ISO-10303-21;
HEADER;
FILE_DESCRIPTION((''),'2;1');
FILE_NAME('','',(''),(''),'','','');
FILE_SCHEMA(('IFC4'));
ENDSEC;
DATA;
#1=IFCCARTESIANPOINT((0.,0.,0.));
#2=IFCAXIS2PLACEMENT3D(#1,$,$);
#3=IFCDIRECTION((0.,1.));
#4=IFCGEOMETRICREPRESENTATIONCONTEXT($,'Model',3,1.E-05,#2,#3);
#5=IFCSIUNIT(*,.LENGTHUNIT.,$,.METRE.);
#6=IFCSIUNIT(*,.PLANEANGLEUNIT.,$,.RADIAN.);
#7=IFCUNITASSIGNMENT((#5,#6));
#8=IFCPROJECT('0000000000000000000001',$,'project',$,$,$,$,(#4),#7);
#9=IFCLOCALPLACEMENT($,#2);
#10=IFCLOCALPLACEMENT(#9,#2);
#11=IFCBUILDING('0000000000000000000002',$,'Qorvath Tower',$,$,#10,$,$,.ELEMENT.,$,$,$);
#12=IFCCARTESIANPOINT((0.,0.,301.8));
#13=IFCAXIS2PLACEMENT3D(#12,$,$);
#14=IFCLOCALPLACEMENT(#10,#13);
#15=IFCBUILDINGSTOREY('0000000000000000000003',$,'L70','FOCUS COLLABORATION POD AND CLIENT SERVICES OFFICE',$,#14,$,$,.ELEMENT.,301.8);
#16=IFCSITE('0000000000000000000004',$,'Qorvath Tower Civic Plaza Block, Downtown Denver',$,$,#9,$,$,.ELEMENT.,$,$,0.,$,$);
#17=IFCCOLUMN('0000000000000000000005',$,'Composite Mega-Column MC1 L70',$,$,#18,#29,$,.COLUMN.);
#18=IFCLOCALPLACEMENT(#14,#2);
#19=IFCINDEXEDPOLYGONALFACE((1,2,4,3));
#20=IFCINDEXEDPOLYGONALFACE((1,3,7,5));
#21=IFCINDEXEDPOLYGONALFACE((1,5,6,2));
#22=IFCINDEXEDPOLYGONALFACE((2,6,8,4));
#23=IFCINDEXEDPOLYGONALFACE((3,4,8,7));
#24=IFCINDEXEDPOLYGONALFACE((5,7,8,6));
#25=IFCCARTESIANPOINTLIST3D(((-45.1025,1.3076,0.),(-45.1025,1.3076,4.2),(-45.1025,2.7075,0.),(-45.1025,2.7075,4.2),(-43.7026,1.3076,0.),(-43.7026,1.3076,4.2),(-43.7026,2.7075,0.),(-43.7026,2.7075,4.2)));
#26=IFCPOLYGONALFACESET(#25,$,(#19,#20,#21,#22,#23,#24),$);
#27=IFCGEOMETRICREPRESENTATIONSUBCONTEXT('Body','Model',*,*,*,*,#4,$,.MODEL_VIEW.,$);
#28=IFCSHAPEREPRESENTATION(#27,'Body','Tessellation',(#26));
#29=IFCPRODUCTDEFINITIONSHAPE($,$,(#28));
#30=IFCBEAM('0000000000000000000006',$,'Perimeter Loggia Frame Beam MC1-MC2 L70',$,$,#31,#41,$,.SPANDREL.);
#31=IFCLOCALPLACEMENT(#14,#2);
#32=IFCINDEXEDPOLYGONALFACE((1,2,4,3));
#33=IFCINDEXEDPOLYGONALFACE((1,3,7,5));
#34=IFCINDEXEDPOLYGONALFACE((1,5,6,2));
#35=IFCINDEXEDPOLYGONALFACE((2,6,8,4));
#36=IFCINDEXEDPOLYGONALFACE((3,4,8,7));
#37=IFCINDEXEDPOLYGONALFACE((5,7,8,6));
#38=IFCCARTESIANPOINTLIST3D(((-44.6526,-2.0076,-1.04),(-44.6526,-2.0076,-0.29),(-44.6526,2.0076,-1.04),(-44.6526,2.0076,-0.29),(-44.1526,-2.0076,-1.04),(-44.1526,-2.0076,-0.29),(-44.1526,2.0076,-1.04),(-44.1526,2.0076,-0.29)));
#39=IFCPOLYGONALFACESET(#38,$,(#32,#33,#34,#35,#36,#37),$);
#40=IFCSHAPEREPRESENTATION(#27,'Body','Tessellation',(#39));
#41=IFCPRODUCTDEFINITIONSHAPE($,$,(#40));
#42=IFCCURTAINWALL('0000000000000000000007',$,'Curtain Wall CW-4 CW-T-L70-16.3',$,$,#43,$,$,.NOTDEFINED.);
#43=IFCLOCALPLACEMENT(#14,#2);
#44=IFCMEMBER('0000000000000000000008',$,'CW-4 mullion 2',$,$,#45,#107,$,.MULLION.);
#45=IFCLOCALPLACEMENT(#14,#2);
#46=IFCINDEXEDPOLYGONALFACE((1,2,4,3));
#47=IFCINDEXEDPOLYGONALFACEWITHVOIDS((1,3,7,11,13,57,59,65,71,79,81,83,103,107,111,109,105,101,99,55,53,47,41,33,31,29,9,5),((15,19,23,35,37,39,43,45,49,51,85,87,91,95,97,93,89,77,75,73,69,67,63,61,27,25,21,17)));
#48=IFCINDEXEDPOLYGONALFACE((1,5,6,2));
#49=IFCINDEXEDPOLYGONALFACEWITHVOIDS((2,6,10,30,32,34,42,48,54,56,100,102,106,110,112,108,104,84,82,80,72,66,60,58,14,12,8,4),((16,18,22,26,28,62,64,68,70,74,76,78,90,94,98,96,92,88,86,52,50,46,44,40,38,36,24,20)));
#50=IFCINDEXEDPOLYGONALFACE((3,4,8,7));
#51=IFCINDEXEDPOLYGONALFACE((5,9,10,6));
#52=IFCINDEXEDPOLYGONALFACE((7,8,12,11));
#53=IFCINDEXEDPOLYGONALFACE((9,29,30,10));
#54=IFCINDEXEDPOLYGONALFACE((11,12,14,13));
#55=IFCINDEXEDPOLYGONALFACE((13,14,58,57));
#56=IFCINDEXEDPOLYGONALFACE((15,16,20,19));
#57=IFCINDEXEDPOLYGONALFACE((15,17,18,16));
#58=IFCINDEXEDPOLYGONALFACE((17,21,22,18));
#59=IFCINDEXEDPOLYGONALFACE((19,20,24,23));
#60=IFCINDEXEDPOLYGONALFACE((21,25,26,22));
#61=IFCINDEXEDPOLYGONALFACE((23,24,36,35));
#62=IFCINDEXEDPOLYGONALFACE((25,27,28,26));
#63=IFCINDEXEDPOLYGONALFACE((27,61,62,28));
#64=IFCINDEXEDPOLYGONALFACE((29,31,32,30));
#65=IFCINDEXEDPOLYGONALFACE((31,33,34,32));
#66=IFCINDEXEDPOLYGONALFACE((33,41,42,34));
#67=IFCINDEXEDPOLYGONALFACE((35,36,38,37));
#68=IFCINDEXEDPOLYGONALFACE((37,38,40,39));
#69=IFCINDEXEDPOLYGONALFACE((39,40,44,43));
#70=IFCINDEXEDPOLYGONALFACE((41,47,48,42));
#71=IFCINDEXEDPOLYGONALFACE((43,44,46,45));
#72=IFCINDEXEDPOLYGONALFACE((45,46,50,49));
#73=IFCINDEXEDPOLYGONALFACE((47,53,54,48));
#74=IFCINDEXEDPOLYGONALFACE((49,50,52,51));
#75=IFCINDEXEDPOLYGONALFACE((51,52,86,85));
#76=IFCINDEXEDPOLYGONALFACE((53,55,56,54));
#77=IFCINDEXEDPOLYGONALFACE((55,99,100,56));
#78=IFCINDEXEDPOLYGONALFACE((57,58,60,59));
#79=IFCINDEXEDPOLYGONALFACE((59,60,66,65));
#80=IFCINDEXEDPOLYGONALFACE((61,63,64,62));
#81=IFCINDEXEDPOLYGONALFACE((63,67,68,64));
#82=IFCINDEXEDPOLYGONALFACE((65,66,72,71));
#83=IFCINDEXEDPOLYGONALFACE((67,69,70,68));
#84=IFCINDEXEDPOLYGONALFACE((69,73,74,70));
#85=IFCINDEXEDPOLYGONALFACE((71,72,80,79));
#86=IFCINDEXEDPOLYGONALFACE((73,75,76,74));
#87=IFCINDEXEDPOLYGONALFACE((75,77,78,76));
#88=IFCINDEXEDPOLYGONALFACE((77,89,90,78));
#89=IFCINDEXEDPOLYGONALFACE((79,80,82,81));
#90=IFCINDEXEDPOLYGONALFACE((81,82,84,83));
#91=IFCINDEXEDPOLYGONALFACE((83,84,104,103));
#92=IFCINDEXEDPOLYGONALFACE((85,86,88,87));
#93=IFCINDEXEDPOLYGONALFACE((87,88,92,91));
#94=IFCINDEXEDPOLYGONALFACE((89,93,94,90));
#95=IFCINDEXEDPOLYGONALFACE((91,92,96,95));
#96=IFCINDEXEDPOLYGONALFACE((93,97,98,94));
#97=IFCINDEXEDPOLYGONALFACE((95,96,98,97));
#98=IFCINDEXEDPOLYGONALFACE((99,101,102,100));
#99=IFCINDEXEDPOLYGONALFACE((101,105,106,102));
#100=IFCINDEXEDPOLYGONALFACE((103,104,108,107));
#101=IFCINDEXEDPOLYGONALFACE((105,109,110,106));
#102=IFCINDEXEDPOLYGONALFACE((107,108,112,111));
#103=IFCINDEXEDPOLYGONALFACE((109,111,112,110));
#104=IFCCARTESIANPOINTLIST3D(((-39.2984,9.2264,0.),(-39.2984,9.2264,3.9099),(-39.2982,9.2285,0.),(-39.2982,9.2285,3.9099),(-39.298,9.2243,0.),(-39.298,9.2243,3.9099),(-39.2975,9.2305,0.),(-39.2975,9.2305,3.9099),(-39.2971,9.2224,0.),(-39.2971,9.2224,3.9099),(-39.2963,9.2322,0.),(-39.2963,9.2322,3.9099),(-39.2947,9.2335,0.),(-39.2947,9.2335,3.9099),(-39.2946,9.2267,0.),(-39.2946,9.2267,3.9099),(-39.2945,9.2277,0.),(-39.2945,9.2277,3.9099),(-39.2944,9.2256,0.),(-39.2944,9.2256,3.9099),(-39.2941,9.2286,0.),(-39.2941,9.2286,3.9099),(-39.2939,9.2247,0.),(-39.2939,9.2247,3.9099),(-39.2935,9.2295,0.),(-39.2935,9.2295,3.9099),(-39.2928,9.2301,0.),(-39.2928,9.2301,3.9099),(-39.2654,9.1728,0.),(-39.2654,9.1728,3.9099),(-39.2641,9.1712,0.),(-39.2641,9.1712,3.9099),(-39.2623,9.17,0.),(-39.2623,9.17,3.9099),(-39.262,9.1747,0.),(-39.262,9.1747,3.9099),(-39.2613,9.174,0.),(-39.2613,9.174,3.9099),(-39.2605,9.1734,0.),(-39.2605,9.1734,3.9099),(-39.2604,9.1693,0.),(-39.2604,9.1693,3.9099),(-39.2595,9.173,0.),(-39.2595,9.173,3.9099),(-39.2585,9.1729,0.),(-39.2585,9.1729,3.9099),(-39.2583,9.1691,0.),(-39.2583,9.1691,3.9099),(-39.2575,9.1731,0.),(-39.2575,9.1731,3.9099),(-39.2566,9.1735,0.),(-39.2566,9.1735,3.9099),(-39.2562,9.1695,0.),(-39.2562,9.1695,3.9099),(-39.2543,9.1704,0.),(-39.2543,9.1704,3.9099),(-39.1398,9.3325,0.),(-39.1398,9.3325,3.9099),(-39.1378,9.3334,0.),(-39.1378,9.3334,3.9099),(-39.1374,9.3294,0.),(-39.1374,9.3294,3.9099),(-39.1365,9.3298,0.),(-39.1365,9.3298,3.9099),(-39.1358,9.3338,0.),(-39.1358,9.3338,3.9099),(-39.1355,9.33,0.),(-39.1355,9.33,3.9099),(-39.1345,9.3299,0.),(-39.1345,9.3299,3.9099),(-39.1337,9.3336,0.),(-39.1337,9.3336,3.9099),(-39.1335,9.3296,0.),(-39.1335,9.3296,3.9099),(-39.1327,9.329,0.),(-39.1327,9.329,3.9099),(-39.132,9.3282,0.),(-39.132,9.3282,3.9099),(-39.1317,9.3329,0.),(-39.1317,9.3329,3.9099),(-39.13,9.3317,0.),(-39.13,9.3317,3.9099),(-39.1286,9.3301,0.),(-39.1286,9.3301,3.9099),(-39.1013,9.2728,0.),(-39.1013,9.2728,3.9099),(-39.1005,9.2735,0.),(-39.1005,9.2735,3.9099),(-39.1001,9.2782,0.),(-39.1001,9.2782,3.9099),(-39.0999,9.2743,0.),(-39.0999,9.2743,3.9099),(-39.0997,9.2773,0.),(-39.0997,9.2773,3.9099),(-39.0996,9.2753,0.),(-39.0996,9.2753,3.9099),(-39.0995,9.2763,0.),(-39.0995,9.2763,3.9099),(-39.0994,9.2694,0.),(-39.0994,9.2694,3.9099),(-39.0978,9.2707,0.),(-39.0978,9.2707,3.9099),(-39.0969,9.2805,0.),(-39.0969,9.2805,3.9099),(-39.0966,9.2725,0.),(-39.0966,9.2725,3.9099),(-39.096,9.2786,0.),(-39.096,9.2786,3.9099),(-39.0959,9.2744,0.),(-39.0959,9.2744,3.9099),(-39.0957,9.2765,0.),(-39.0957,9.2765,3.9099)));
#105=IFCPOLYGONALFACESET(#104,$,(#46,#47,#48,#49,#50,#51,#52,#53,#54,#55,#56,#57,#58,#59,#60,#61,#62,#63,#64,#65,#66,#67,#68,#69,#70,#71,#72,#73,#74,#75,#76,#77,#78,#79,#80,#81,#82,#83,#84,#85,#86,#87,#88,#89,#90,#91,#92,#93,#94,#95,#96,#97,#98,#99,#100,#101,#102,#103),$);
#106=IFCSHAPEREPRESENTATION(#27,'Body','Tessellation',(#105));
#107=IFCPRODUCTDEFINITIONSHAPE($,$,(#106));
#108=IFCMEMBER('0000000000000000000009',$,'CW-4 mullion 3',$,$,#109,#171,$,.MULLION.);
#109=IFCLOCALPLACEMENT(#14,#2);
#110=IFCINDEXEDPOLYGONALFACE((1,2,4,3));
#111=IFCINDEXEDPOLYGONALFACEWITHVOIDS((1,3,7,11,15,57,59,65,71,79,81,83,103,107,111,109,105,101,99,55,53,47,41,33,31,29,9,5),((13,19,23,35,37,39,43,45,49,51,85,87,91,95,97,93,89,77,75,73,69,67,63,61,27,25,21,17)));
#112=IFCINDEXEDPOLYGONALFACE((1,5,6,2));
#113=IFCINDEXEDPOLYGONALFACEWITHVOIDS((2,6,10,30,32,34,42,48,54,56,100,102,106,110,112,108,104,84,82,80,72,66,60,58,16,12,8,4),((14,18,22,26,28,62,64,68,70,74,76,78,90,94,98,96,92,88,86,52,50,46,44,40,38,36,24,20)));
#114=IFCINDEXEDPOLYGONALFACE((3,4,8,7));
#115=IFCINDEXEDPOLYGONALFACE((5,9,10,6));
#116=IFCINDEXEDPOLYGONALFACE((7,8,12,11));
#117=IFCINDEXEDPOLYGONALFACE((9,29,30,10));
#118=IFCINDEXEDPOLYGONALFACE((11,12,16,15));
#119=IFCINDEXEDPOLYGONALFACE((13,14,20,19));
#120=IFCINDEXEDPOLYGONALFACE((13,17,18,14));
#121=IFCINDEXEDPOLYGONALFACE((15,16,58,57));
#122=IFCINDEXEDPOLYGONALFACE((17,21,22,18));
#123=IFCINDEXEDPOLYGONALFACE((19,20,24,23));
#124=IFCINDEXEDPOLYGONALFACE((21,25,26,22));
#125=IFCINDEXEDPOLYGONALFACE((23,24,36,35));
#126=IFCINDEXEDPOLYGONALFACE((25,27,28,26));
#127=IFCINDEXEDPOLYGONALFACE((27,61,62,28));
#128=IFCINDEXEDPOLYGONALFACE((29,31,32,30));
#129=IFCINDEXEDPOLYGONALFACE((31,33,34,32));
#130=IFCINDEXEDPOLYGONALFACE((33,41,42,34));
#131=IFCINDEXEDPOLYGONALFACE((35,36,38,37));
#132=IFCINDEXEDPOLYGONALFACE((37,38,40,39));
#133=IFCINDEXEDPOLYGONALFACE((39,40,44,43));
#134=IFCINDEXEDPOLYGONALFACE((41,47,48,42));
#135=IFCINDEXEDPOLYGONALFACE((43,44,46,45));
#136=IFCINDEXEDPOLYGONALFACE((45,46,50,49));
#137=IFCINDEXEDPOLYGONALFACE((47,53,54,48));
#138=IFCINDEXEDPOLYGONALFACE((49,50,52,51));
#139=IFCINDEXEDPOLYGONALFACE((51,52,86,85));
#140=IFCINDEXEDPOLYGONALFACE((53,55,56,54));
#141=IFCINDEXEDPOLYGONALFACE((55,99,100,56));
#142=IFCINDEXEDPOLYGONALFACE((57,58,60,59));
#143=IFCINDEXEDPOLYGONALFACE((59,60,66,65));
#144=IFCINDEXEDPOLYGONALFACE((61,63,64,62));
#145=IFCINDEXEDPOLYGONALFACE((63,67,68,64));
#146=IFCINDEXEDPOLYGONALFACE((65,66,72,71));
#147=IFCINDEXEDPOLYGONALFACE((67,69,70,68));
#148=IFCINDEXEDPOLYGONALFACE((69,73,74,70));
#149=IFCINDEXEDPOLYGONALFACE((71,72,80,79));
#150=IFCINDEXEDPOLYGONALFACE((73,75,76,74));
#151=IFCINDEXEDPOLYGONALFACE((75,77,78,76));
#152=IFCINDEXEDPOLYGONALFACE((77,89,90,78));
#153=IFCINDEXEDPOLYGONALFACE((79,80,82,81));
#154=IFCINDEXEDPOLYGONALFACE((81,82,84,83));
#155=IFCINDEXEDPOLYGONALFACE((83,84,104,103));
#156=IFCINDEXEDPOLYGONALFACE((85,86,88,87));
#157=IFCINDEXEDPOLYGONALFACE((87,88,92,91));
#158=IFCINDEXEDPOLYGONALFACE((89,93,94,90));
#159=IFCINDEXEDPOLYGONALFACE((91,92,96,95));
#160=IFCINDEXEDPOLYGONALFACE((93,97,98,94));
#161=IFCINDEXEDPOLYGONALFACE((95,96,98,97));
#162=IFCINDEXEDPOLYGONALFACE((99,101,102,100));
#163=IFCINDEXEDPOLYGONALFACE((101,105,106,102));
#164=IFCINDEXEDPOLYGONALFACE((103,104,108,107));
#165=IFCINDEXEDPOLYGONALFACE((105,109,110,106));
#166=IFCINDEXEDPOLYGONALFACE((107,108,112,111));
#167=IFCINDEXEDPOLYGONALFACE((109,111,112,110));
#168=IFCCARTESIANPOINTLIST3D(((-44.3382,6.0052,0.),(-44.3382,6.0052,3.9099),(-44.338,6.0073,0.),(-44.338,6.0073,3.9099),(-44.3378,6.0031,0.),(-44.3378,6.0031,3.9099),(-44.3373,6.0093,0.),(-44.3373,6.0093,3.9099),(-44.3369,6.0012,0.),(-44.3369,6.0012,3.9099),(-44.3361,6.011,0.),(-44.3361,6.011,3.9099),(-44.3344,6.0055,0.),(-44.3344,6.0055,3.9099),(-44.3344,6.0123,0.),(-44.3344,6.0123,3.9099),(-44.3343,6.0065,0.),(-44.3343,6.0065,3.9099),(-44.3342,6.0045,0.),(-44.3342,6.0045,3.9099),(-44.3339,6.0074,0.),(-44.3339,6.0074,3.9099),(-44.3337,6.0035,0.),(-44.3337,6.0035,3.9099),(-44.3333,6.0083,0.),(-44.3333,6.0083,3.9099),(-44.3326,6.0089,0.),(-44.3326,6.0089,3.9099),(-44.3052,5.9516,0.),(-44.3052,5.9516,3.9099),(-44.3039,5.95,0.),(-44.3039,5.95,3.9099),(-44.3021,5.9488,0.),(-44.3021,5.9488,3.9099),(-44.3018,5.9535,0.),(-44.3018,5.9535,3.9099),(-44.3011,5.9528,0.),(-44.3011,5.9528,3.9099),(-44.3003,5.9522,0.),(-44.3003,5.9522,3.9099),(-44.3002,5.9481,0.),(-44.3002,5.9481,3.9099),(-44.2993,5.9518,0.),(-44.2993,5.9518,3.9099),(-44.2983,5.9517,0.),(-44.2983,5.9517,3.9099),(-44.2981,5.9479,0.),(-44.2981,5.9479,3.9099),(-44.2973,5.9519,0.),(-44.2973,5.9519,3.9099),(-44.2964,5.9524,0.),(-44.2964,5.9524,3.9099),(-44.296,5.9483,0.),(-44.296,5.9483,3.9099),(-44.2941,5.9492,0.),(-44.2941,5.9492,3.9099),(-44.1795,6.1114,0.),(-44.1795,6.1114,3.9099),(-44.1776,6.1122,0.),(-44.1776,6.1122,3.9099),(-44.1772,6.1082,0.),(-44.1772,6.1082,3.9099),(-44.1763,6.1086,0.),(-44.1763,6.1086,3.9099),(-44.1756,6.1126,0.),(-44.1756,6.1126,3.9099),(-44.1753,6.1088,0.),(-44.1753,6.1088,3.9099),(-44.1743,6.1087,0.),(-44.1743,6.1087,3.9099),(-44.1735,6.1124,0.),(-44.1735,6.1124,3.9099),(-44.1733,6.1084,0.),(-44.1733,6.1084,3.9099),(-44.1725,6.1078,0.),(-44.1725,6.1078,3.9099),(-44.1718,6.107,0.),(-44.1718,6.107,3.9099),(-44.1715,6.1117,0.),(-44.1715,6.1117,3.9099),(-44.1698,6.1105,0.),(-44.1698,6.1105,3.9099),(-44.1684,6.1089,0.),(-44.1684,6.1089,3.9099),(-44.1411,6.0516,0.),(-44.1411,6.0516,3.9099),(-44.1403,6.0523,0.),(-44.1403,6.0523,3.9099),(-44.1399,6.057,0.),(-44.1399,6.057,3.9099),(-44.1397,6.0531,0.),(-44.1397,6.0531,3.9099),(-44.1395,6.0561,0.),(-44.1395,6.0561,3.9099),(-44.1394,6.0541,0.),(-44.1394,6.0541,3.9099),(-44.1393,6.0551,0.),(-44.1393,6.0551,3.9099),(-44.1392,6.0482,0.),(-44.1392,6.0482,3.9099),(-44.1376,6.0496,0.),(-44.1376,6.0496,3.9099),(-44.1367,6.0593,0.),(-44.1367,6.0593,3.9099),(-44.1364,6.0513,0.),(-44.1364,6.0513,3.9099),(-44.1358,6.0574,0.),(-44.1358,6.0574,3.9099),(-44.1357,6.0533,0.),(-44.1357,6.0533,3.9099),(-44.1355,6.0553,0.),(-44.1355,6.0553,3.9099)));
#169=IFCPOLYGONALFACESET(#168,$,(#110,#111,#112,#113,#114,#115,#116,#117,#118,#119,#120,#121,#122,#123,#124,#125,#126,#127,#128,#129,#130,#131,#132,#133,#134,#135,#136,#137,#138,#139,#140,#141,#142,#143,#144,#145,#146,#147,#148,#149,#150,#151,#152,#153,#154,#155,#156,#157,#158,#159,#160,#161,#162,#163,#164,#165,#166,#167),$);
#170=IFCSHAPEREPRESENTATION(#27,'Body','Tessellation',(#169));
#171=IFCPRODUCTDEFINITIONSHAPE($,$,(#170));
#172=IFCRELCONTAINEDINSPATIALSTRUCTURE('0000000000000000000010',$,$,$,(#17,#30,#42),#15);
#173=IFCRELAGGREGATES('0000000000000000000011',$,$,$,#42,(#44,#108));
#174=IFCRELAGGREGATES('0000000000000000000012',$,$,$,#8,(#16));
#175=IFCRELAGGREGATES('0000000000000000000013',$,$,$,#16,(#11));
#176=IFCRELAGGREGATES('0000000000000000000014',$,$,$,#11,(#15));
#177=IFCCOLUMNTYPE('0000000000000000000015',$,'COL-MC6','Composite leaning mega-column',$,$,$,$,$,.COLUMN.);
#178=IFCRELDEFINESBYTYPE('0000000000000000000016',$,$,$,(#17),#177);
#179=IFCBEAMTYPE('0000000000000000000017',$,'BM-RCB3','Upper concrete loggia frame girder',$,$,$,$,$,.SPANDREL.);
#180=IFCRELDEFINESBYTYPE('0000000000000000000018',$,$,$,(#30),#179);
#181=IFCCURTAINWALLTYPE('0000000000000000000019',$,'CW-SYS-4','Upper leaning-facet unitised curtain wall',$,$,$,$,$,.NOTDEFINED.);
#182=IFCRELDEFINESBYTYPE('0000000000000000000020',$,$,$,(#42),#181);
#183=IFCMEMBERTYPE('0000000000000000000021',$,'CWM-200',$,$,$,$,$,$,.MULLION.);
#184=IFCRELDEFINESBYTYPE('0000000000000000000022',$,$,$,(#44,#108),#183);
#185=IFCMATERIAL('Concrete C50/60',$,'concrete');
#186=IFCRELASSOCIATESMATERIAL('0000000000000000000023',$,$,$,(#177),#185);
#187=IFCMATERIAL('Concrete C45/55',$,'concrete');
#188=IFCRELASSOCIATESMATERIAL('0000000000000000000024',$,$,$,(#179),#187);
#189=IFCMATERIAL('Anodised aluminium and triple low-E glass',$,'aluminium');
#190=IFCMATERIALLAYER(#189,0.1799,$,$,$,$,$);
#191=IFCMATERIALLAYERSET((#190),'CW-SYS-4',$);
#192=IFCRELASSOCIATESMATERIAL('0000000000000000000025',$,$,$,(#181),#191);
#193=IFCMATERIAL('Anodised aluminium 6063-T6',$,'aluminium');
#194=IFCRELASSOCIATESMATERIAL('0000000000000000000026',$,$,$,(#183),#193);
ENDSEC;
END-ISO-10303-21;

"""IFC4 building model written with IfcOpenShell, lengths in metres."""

from ifc_helpers import new_model, si_unit, direction, frame, origin, origin_2d, place, context, subcontext, project, spatial, rectangle, hollow_rectangle, extrude, material, layer, layer_set, material_profile, profile_set, type_object, element, aggregate, save


model = new_model("IFC4")

# Units and contexts
model_context = context("Model", 3, precision=1e-05, world=origin(), true_north=direction((0.0, 1.0)))
body_context = subcontext(model_context, "Body", "Model", "MODEL_VIEW")
ifc_project = project(units=[si_unit("LENGTHUNIT", "METRE"), si_unit("PLANEANGLEUNIT", "RADIAN")], contexts=[model_context])

# Site, building, storey
site_placement = place(None, origin())
site = spatial("IfcSite", under=ifc_project, at=site_placement, Name="Qorvath Tower Civic Plaza Block, Downtown Denver", CompositionType="ELEMENT", RefElevation=0.0)
building_placement = place(site_placement, origin())
building = spatial("IfcBuilding", under=site, at=building_placement, Name="Qorvath Tower", CompositionType="ELEMENT")
storey_placement = place(building_placement, frame((0.0, 0.0, 301.8)))
storey = spatial("IfcBuildingStorey", under=building, at=storey_placement, Name="L70", Description="FOCUS COLLABORATION POD AND CLIENT SERVICES OFFICE", CompositionType="ELEMENT", Elevation=301.8)

# Column
ifc_material_1 = material(Name="Concrete C50/60", Category="concrete")
ifc_material_profile_1 = material_profile(ifc_material_1, rectangle(XDim=1.3999, YDim=1.3999, at=origin_2d()), Name="MC 1400x1400")
ifc_profile_set_1 = profile_set([ifc_material_profile_1], Name="Concrete C50/60")
column_type = type_object("IfcColumnType", Name="COL-MC6", Description="Composite leaning mega-column", PredefinedType="COLUMN", material=ifc_profile_set_1)
column_placement = place(storey_placement, frame((-44.4026, 2.0076, 0.0), z_axis=(0.0, 0.0, 1.0), x_axis=(1.0, 0.0, 0.0)))
element("IfcColumn", 1, at=column_placement, inside=storey, type_object=column_type, Name="Composite Mega-Column MC1 L70", PredefinedType="COLUMN", context=body_context, shape_type="SweptSolid", body=[
    extrude(rectangle(XDim=1.3999, YDim=1.3999, at=origin_2d()), origin(), (0.0, 0.0, 1.0), 4.2),
])

# Beam
ifc_material_2 = material(Name="Concrete C45/55", Category="concrete")
ifc_material_profile_2 = material_profile(ifc_material_2, rectangle(XDim=0.5, YDim=0.75, at=origin_2d()), Name="RCB 750x500")
ifc_profile_set_2 = profile_set([ifc_material_profile_2], Name="Concrete C45/55")
beam_type = type_object("IfcBeamType", Name="BM-RCB3", Description="Upper concrete loggia frame girder", PredefinedType="SPANDREL", material=ifc_profile_set_2)
beam_placement = place(storey_placement, frame((-44.4026, 2.0076, -0.665), z_axis=(0.0, -1.0, 0.0), x_axis=(1.0, 0.0, 0.0)))
element("IfcBeam", 2, at=beam_placement, inside=storey, type_object=beam_type, Name="Perimeter Loggia Frame Beam MC1-MC2 L70", PredefinedType="SPANDREL", context=body_context, shape_type="SweptSolid", body=[
    extrude(rectangle(XDim=0.5, YDim=0.75, at=origin_2d()), origin(), (0.0, 0.0, 1.0), 4.0151),
])

# Curtain wall, members
ifc_material_3 = material(Name="Anodised aluminium and triple low-E glass", Category="aluminium")
ifc_layer_1 = layer(ifc_material_3, 0.1799)
ifc_layer_set_1 = layer_set([ifc_layer_1], Name="CW-SYS-4")
curtain_wall_type = type_object("IfcCurtainWallType", Name="CW-SYS-4", Description="Upper leaning-facet unitised curtain wall", PredefinedType="NOTDEFINED", material=ifc_layer_set_1)
curtain_wall_placement = place(storey_placement, origin())
curtain_wall = element("IfcCurtainWall", 3, at=curtain_wall_placement, inside=storey, type_object=curtain_wall_type, Name="Curtain Wall CW-4 CW-T-L70-16.3", PredefinedType="NOTDEFINED")
ifc_material_4 = material(Name="Anodised aluminium 6063-T6", Category="aluminium")
ifc_material_profile_3 = material_profile(ifc_material_4, hollow_rectangle(XDim=0.075, YDim=0.2, WallThickness=0.0039, InnerFilletRadius=0.0039, OuterFilletRadius=0.0081, at=origin_2d()), Name="CWM 200x75")
ifc_profile_set_3 = profile_set([ifc_material_profile_3], Name="Anodised aluminium 6063-T6")
member_type_1 = type_object("IfcMemberType", Name="CWM-200", PredefinedType="MULLION", material=ifc_profile_set_3)
member_1_placement = place(storey_placement, frame((-39.197, 9.2515, 0.0), z_axis=(0.0, 0.0, 1.0), x_axis=(0.538527, -0.842608, 0.0)))
member_1 = element("IfcMember", 4, at=member_1_placement, type_object=member_type_1, Name="CW-4 mullion 2", PredefinedType="MULLION", context=body_context, shape_type="SweptSolid", body=[
    extrude(hollow_rectangle(XDim=0.075, YDim=0.2, WallThickness=0.0039, InnerFilletRadius=0.0039, OuterFilletRadius=0.0081, at=origin_2d()), origin(), (0.0, 0.0, 1.0), 3.9099),
])
member_2_placement = place(storey_placement, frame((-44.2368, 6.0303, 0.0), z_axis=(0.0, 0.0, 1.0), x_axis=(0.538527, -0.842608, 0.0)))
member_2 = element("IfcMember", 5, at=member_2_placement, type_object=member_type_1, Name="CW-4 mullion 3", PredefinedType="MULLION", context=body_context, shape_type="SweptSolid", body=[
    extrude(hollow_rectangle(XDim=0.075, YDim=0.2, WallThickness=0.0039, InnerFilletRadius=0.0039, OuterFilletRadius=0.0081, at=origin_2d()), origin(), (0.0, 0.0, 1.0), 3.9099),
])

aggregate(curtain_wall, [member_1, member_2])

save(model, "model.ifc")
